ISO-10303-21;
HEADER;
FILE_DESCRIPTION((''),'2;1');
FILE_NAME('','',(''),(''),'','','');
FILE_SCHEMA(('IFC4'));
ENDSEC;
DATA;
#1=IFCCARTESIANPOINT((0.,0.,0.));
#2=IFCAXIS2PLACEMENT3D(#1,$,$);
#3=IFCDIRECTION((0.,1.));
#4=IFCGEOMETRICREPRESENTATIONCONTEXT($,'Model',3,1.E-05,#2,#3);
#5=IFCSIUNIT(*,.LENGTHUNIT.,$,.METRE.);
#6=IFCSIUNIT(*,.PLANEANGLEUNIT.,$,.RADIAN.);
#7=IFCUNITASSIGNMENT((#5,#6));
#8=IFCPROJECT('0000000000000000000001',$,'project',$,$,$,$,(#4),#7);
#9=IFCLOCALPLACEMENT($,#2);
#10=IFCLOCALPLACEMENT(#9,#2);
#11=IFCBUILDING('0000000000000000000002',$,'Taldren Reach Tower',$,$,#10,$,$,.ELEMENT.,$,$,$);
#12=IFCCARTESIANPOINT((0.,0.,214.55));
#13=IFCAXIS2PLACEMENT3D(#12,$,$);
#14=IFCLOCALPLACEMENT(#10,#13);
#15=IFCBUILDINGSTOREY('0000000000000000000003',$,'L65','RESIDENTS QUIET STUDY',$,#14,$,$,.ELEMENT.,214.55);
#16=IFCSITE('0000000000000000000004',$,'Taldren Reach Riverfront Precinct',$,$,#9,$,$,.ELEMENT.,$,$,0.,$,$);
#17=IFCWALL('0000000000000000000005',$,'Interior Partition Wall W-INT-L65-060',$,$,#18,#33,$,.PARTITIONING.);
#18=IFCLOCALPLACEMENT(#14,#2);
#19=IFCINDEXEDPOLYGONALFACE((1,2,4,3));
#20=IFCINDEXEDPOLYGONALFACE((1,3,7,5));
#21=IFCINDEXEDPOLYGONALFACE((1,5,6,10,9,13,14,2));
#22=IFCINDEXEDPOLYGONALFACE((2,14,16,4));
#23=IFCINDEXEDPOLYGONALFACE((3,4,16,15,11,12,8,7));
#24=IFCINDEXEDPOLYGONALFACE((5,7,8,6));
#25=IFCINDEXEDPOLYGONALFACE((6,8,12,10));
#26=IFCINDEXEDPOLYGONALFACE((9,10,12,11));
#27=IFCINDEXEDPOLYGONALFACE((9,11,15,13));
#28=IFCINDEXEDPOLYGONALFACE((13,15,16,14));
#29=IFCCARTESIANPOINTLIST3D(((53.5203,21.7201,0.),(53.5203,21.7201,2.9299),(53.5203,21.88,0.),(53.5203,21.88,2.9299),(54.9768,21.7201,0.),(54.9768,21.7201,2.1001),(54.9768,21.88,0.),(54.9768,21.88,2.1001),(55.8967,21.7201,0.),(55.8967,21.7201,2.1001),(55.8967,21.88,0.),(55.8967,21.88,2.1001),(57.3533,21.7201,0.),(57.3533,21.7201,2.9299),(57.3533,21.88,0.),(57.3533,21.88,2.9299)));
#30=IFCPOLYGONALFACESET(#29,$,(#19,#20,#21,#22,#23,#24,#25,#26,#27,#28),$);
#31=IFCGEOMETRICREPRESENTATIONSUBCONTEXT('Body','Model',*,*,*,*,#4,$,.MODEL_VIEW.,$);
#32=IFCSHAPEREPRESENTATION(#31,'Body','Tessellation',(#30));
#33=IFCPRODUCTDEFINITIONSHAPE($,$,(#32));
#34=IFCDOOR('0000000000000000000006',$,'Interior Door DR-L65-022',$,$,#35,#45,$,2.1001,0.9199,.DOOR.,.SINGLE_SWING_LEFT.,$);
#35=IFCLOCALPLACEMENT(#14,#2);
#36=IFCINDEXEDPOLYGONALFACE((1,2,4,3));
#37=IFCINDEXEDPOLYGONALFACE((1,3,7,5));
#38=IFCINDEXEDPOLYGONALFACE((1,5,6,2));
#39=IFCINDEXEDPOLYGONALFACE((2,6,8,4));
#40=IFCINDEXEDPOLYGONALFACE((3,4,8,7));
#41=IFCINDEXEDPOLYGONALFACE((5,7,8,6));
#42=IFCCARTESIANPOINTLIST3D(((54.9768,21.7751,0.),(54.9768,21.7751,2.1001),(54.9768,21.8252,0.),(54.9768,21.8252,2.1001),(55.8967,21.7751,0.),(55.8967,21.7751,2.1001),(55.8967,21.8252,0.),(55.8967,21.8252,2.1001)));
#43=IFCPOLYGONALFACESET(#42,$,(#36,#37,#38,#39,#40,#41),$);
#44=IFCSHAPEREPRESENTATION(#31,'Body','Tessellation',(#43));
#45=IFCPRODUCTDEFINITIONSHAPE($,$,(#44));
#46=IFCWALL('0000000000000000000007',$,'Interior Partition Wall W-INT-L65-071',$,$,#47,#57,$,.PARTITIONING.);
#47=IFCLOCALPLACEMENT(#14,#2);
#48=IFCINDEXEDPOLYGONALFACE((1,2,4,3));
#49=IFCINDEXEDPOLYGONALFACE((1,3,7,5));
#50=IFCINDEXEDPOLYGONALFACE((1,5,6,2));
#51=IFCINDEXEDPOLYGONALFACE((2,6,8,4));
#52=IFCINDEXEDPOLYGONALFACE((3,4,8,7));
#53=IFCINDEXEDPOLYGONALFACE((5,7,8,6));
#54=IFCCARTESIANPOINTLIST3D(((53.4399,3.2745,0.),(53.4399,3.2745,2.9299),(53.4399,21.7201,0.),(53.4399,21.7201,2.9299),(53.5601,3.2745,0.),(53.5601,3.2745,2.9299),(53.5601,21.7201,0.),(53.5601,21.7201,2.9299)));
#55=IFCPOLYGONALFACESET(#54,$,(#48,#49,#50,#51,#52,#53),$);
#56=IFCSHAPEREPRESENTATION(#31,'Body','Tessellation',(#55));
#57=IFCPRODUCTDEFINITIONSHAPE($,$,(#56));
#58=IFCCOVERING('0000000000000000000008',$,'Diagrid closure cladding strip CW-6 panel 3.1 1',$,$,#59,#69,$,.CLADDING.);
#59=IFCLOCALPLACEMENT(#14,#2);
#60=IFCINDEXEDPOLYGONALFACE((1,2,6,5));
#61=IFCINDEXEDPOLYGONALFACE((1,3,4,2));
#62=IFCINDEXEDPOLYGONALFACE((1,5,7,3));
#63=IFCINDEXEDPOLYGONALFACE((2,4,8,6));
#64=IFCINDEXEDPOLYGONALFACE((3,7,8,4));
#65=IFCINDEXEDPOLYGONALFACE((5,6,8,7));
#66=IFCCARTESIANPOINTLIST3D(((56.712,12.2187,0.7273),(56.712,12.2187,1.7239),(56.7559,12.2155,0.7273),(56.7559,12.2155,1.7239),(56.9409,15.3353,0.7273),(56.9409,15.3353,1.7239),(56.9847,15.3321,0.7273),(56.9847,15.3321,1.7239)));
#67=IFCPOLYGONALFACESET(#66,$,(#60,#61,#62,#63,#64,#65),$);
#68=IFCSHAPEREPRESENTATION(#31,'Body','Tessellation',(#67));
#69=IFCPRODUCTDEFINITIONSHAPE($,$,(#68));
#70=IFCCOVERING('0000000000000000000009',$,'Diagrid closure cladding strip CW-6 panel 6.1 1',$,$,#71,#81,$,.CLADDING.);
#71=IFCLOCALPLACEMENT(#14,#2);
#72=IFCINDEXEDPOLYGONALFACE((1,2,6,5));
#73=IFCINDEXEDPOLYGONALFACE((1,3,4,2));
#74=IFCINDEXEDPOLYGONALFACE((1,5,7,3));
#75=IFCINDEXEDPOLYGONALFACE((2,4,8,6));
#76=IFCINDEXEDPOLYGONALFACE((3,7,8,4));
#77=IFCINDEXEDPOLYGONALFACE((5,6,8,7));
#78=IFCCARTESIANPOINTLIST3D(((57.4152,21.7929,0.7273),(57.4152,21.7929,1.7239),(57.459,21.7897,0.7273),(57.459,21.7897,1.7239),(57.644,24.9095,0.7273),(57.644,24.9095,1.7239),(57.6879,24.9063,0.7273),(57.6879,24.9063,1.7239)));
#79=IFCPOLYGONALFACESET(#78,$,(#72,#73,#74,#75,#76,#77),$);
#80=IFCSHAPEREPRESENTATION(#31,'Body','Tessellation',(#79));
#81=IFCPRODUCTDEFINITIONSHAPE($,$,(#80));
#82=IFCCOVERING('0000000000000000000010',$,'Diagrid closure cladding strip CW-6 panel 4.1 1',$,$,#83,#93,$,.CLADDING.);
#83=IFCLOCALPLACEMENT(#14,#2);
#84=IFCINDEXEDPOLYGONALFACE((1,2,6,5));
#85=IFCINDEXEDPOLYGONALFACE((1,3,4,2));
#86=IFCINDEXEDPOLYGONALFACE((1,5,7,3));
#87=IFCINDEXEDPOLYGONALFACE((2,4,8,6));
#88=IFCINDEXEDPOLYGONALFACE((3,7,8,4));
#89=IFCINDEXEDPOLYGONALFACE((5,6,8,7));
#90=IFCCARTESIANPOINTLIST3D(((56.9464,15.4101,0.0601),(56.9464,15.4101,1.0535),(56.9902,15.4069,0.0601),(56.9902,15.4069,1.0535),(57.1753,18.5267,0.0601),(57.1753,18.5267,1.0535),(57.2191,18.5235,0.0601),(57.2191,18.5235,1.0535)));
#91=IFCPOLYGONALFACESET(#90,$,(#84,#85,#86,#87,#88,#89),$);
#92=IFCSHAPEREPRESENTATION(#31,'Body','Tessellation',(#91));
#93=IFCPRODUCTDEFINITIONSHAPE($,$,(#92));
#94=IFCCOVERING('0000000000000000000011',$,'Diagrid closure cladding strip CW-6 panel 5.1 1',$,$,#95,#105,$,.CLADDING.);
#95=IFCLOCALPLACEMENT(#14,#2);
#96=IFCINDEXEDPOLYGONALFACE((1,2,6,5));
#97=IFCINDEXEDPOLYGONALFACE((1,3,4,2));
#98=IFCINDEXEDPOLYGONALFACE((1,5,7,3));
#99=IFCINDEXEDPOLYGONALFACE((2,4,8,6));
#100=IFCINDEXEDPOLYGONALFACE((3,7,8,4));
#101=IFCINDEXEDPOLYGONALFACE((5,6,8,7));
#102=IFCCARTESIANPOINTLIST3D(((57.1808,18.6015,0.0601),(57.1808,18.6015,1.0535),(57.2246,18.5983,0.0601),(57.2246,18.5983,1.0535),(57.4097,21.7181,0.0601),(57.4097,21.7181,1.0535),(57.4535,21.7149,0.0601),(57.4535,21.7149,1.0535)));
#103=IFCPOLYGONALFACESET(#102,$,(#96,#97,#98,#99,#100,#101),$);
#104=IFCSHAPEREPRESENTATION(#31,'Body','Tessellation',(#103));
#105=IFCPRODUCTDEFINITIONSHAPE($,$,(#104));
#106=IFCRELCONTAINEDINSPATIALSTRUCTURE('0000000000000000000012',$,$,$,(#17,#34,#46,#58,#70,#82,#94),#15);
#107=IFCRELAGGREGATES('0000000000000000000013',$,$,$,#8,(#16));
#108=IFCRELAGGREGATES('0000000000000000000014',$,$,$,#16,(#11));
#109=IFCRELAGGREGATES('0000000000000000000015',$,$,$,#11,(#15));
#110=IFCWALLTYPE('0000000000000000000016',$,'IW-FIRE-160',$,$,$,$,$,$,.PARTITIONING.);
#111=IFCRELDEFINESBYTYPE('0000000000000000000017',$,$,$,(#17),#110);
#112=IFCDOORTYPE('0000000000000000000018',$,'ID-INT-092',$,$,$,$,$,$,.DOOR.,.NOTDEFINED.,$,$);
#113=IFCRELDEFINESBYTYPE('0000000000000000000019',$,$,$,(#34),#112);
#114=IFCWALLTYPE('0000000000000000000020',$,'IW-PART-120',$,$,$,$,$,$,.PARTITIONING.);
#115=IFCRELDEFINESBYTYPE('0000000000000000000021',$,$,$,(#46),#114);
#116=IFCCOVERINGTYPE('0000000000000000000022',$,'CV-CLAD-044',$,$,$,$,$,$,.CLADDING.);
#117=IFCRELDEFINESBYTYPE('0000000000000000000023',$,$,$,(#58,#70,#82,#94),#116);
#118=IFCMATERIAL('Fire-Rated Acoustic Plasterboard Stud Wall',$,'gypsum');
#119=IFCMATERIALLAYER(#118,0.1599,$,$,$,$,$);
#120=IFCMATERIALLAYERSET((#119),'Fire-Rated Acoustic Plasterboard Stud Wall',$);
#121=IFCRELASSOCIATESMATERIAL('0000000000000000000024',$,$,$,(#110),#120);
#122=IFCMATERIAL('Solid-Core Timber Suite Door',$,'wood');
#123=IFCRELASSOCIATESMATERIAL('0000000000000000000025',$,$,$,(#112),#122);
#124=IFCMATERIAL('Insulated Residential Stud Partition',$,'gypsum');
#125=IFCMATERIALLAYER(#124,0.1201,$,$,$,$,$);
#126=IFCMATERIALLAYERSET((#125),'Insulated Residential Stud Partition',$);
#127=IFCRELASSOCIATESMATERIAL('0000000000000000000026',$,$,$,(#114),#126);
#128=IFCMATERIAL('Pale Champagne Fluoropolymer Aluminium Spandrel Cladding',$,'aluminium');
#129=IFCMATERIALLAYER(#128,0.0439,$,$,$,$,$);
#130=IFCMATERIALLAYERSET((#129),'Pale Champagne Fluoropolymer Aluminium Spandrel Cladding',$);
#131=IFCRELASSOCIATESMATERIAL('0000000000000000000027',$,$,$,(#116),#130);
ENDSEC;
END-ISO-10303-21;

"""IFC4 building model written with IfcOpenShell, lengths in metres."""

from ifc_helpers import new_model, si_unit, direction, frame, frame_2d, origin, origin_2d, place, context, subcontext, project, spatial, rectangle, extrude, source, transform, mapped, material, layer, layer_set, type_object, element, fill, save


model = new_model("IFC4")

# Units and contexts
model_context = context("Model", 3, precision=1e-05, world=origin(), true_north=direction((0.0, 1.0)))
body_context = subcontext(model_context, "Body", "Model", "MODEL_VIEW")
ifc_project = project(units=[si_unit("LENGTHUNIT", "METRE"), si_unit("PLANEANGLEUNIT", "RADIAN")], contexts=[model_context])

# Site, building, storey
site_placement = place(None, origin())
site = spatial("IfcSite", under=ifc_project, at=site_placement, Name="Taldren Reach Riverfront Precinct", CompositionType="ELEMENT", RefElevation=0.0)
building_placement = place(site_placement, origin())
building = spatial("IfcBuilding", under=site, at=building_placement, Name="Taldren Reach Tower", CompositionType="ELEMENT")
storey_placement = place(building_placement, frame((0.0, 0.0, 214.55)))
storey = spatial("IfcBuildingStorey", under=building, at=storey_placement, Name="L65", Description="RESIDENTS QUIET STUDY", CompositionType="ELEMENT", Elevation=214.55)

# Shared definitions
ifc_material_1 = material(Name="Fire-Rated Acoustic Plasterboard Stud Wall", Category="gypsum")
ifc_layer_1 = layer(ifc_material_1, 0.1599)
ifc_layer_set_1 = layer_set([ifc_layer_1], Name="Fire-Rated Acoustic Plasterboard Stud Wall")
wall_type_1 = type_object("IfcWallType", Name="IW-FIRE-160", PredefinedType="PARTITIONING", material=ifc_layer_set_1)

# Wall, opening, door
shared_shape_1 = source(origin(), body_context, "Body", "SweptSolid", [
    extrude(rectangle(XDim=3.833, YDim=0.1599, at=frame_2d((1.9165, 0.0))), origin(), (0.0, 0.0, 1.0), 2.9299),
])
wall_1_placement = place(storey_placement, frame((57.3533, 21.8, 0.0), z_axis=(0.0, 0.0, 1.0), x_axis=(-1.0, 0.0, 0.0)))
wall_1 = element("IfcWall", 1, at=wall_1_placement, inside=storey, type_object=wall_type_1, Name="Interior Partition Wall W-INT-L65-060", PredefinedType="PARTITIONING", context=body_context, shape_type="MappedRepresentation", body=[
    mapped(shared_shape_1, transform((0.0, 0.0, 0.0), scale=1.0)),
])
shared_shape_2 = source(origin(), body_context, "Body", "SweptSolid", [
    extrude(rectangle(XDim=0.9199, YDim=2.1001, at=frame_2d((0.46, 1.05))), frame((0.0, 0.0898, 0.0), z_axis=(0.0, -1.0, 0.0), x_axis=(1.0, 0.0, 0.0)), (0.0, 0.0, 1.0), 0.1799),
])
opening_placement = place(wall_1_placement, frame((1.4565, 0.0, 0.0)))
opening = element("IfcOpeningElement", 2, at=opening_placement, cuts=wall_1, PredefinedType="OPENING", context=body_context, shape_type="MappedRepresentation", body=[
    mapped(shared_shape_2, transform((0.0, 0.0, 0.0), scale=1.0)),
])
ifc_material_2 = material(Name="Solid-Core Timber Suite Door", Category="wood")
door_type = type_object("IfcDoorType", Name="ID-INT-092", OperationType="NOTDEFINED", PredefinedType="DOOR", material=ifc_material_2)
shared_shape_3 = source(origin(), body_context, "Body", "SweptSolid", [
    extrude(rectangle(XDim=0.9199, YDim=2.1001, at=frame_2d((0.46, 1.05))), frame((0.0, 0.0249, 0.0), z_axis=(0.0, -1.0, 0.0), x_axis=(1.0, 0.0, 0.0)), (0.0, 0.0, 1.0), 0.05),
])
door_placement = place(opening_placement, origin())
door = element("IfcDoor", 3, at=door_placement, inside=storey, type_object=door_type, Name="Interior Door DR-L65-022", OperationType="SINGLE_SWING_LEFT", OverallHeight=2.1001, OverallWidth=0.9199, PredefinedType="DOOR", context=body_context, shape_type="MappedRepresentation", body=[
    mapped(shared_shape_3, transform((0.0, 0.0, 0.0), scale=1.0)),
])
fill(opening, door)

# Wall
ifc_material_3 = material(Name="Insulated Residential Stud Partition", Category="gypsum")
ifc_layer_2 = layer(ifc_material_3, 0.1201)
ifc_layer_set_2 = layer_set([ifc_layer_2], Name="Insulated Residential Stud Partition")
wall_type_2 = type_object("IfcWallType", Name="IW-PART-120", PredefinedType="PARTITIONING", material=ifc_layer_set_2)
shared_shape_4 = source(origin(), body_context, "Body", "SweptSolid", [
    extrude(rectangle(XDim=18.4456, YDim=0.1201, at=frame_2d((9.2227, 0.0))), origin(), (0.0, 0.0, 1.0), 2.9299),
])
wall_2_placement = place(storey_placement, frame((53.5, 21.72, 0.0), z_axis=(0.0, 0.0, 1.0), x_axis=(0.0, -1.0, 0.0)))
element("IfcWall", 4, at=wall_2_placement, inside=storey, type_object=wall_type_2, Name="Interior Partition Wall W-INT-L65-071", PredefinedType="PARTITIONING", context=body_context, shape_type="MappedRepresentation", body=[
    mapped(shared_shape_4, transform((0.0, 0.0, 0.0), scale=1.0)),
])

# Coverings
ifc_material_4 = material(Name="Pale Champagne Fluoropolymer Aluminium Spandrel Cladding", Category="aluminium")
ifc_layer_3 = layer(ifc_material_4, 0.0439)
ifc_layer_set_3 = layer_set([ifc_layer_3], Name="Pale Champagne Fluoropolymer Aluminium Spandrel Cladding")
covering_type = type_object("IfcCoveringType", Name="CV-CLAD-044", PredefinedType="CLADDING", material=ifc_layer_set_3)
shared_shape_5 = source(origin(), body_context, "Body", "SweptSolid", [
    extrude(rectangle(XDim=3.125, YDim=0.0439, at=origin_2d()), origin(), (0.0, 0.0, 1.0), 0.9966),
])
for number, where, z_axis, x_axis, name in (
    (5, (56.8484, 13.7754, 0.7273), (0.0, 0.0, 1.0), (0.073238, 0.997314, 0.0), "Diagrid closure cladding strip CW-6 panel 3.1 1"),
    (6, (57.5515, 23.3496, 0.7273), (0.0, 0.0, 1.0), (0.073238, 0.997314, 0.0), "Diagrid closure cladding strip CW-6 panel 6.1 1"),
):
    element("IfcCovering", number, at=place(storey_placement, frame(where, z_axis=z_axis, x_axis=x_axis)), inside=storey, type_object=covering_type, Name=name, PredefinedType="CLADDING", context=body_context, shape_type="MappedRepresentation", body=[
        mapped(shared_shape_5, transform((0.0, 0.0, 0.0), scale=1.0)),
    ])
shared_shape_6 = source(origin(), body_context, "Body", "SweptSolid", [
    extrude(rectangle(XDim=3.125, YDim=0.0439, at=origin_2d()), origin(), (0.0, 0.0, 1.0), 0.9934),
])
for number, where, z_axis, x_axis, name in (
    (7, (57.0828, 16.9668, 0.0601), (0.0, 0.0, 1.0), (0.073238, 0.997314, 0.0), "Diagrid closure cladding strip CW-6 panel 4.1 1"),
    (8, (57.3171, 20.1582, 0.0601), (0.0, 0.0, 1.0), (0.073238, 0.997314, 0.0), "Diagrid closure cladding strip CW-6 panel 5.1 1"),
):
    element("IfcCovering", number, at=place(storey_placement, frame(where, z_axis=z_axis, x_axis=x_axis)), inside=storey, type_object=covering_type, Name=name, PredefinedType="CLADDING", context=body_context, shape_type="MappedRepresentation", body=[
        mapped(shared_shape_6, transform((0.0, 0.0, 0.0), scale=1.0)),
    ])

save(model, "model.ifc")
